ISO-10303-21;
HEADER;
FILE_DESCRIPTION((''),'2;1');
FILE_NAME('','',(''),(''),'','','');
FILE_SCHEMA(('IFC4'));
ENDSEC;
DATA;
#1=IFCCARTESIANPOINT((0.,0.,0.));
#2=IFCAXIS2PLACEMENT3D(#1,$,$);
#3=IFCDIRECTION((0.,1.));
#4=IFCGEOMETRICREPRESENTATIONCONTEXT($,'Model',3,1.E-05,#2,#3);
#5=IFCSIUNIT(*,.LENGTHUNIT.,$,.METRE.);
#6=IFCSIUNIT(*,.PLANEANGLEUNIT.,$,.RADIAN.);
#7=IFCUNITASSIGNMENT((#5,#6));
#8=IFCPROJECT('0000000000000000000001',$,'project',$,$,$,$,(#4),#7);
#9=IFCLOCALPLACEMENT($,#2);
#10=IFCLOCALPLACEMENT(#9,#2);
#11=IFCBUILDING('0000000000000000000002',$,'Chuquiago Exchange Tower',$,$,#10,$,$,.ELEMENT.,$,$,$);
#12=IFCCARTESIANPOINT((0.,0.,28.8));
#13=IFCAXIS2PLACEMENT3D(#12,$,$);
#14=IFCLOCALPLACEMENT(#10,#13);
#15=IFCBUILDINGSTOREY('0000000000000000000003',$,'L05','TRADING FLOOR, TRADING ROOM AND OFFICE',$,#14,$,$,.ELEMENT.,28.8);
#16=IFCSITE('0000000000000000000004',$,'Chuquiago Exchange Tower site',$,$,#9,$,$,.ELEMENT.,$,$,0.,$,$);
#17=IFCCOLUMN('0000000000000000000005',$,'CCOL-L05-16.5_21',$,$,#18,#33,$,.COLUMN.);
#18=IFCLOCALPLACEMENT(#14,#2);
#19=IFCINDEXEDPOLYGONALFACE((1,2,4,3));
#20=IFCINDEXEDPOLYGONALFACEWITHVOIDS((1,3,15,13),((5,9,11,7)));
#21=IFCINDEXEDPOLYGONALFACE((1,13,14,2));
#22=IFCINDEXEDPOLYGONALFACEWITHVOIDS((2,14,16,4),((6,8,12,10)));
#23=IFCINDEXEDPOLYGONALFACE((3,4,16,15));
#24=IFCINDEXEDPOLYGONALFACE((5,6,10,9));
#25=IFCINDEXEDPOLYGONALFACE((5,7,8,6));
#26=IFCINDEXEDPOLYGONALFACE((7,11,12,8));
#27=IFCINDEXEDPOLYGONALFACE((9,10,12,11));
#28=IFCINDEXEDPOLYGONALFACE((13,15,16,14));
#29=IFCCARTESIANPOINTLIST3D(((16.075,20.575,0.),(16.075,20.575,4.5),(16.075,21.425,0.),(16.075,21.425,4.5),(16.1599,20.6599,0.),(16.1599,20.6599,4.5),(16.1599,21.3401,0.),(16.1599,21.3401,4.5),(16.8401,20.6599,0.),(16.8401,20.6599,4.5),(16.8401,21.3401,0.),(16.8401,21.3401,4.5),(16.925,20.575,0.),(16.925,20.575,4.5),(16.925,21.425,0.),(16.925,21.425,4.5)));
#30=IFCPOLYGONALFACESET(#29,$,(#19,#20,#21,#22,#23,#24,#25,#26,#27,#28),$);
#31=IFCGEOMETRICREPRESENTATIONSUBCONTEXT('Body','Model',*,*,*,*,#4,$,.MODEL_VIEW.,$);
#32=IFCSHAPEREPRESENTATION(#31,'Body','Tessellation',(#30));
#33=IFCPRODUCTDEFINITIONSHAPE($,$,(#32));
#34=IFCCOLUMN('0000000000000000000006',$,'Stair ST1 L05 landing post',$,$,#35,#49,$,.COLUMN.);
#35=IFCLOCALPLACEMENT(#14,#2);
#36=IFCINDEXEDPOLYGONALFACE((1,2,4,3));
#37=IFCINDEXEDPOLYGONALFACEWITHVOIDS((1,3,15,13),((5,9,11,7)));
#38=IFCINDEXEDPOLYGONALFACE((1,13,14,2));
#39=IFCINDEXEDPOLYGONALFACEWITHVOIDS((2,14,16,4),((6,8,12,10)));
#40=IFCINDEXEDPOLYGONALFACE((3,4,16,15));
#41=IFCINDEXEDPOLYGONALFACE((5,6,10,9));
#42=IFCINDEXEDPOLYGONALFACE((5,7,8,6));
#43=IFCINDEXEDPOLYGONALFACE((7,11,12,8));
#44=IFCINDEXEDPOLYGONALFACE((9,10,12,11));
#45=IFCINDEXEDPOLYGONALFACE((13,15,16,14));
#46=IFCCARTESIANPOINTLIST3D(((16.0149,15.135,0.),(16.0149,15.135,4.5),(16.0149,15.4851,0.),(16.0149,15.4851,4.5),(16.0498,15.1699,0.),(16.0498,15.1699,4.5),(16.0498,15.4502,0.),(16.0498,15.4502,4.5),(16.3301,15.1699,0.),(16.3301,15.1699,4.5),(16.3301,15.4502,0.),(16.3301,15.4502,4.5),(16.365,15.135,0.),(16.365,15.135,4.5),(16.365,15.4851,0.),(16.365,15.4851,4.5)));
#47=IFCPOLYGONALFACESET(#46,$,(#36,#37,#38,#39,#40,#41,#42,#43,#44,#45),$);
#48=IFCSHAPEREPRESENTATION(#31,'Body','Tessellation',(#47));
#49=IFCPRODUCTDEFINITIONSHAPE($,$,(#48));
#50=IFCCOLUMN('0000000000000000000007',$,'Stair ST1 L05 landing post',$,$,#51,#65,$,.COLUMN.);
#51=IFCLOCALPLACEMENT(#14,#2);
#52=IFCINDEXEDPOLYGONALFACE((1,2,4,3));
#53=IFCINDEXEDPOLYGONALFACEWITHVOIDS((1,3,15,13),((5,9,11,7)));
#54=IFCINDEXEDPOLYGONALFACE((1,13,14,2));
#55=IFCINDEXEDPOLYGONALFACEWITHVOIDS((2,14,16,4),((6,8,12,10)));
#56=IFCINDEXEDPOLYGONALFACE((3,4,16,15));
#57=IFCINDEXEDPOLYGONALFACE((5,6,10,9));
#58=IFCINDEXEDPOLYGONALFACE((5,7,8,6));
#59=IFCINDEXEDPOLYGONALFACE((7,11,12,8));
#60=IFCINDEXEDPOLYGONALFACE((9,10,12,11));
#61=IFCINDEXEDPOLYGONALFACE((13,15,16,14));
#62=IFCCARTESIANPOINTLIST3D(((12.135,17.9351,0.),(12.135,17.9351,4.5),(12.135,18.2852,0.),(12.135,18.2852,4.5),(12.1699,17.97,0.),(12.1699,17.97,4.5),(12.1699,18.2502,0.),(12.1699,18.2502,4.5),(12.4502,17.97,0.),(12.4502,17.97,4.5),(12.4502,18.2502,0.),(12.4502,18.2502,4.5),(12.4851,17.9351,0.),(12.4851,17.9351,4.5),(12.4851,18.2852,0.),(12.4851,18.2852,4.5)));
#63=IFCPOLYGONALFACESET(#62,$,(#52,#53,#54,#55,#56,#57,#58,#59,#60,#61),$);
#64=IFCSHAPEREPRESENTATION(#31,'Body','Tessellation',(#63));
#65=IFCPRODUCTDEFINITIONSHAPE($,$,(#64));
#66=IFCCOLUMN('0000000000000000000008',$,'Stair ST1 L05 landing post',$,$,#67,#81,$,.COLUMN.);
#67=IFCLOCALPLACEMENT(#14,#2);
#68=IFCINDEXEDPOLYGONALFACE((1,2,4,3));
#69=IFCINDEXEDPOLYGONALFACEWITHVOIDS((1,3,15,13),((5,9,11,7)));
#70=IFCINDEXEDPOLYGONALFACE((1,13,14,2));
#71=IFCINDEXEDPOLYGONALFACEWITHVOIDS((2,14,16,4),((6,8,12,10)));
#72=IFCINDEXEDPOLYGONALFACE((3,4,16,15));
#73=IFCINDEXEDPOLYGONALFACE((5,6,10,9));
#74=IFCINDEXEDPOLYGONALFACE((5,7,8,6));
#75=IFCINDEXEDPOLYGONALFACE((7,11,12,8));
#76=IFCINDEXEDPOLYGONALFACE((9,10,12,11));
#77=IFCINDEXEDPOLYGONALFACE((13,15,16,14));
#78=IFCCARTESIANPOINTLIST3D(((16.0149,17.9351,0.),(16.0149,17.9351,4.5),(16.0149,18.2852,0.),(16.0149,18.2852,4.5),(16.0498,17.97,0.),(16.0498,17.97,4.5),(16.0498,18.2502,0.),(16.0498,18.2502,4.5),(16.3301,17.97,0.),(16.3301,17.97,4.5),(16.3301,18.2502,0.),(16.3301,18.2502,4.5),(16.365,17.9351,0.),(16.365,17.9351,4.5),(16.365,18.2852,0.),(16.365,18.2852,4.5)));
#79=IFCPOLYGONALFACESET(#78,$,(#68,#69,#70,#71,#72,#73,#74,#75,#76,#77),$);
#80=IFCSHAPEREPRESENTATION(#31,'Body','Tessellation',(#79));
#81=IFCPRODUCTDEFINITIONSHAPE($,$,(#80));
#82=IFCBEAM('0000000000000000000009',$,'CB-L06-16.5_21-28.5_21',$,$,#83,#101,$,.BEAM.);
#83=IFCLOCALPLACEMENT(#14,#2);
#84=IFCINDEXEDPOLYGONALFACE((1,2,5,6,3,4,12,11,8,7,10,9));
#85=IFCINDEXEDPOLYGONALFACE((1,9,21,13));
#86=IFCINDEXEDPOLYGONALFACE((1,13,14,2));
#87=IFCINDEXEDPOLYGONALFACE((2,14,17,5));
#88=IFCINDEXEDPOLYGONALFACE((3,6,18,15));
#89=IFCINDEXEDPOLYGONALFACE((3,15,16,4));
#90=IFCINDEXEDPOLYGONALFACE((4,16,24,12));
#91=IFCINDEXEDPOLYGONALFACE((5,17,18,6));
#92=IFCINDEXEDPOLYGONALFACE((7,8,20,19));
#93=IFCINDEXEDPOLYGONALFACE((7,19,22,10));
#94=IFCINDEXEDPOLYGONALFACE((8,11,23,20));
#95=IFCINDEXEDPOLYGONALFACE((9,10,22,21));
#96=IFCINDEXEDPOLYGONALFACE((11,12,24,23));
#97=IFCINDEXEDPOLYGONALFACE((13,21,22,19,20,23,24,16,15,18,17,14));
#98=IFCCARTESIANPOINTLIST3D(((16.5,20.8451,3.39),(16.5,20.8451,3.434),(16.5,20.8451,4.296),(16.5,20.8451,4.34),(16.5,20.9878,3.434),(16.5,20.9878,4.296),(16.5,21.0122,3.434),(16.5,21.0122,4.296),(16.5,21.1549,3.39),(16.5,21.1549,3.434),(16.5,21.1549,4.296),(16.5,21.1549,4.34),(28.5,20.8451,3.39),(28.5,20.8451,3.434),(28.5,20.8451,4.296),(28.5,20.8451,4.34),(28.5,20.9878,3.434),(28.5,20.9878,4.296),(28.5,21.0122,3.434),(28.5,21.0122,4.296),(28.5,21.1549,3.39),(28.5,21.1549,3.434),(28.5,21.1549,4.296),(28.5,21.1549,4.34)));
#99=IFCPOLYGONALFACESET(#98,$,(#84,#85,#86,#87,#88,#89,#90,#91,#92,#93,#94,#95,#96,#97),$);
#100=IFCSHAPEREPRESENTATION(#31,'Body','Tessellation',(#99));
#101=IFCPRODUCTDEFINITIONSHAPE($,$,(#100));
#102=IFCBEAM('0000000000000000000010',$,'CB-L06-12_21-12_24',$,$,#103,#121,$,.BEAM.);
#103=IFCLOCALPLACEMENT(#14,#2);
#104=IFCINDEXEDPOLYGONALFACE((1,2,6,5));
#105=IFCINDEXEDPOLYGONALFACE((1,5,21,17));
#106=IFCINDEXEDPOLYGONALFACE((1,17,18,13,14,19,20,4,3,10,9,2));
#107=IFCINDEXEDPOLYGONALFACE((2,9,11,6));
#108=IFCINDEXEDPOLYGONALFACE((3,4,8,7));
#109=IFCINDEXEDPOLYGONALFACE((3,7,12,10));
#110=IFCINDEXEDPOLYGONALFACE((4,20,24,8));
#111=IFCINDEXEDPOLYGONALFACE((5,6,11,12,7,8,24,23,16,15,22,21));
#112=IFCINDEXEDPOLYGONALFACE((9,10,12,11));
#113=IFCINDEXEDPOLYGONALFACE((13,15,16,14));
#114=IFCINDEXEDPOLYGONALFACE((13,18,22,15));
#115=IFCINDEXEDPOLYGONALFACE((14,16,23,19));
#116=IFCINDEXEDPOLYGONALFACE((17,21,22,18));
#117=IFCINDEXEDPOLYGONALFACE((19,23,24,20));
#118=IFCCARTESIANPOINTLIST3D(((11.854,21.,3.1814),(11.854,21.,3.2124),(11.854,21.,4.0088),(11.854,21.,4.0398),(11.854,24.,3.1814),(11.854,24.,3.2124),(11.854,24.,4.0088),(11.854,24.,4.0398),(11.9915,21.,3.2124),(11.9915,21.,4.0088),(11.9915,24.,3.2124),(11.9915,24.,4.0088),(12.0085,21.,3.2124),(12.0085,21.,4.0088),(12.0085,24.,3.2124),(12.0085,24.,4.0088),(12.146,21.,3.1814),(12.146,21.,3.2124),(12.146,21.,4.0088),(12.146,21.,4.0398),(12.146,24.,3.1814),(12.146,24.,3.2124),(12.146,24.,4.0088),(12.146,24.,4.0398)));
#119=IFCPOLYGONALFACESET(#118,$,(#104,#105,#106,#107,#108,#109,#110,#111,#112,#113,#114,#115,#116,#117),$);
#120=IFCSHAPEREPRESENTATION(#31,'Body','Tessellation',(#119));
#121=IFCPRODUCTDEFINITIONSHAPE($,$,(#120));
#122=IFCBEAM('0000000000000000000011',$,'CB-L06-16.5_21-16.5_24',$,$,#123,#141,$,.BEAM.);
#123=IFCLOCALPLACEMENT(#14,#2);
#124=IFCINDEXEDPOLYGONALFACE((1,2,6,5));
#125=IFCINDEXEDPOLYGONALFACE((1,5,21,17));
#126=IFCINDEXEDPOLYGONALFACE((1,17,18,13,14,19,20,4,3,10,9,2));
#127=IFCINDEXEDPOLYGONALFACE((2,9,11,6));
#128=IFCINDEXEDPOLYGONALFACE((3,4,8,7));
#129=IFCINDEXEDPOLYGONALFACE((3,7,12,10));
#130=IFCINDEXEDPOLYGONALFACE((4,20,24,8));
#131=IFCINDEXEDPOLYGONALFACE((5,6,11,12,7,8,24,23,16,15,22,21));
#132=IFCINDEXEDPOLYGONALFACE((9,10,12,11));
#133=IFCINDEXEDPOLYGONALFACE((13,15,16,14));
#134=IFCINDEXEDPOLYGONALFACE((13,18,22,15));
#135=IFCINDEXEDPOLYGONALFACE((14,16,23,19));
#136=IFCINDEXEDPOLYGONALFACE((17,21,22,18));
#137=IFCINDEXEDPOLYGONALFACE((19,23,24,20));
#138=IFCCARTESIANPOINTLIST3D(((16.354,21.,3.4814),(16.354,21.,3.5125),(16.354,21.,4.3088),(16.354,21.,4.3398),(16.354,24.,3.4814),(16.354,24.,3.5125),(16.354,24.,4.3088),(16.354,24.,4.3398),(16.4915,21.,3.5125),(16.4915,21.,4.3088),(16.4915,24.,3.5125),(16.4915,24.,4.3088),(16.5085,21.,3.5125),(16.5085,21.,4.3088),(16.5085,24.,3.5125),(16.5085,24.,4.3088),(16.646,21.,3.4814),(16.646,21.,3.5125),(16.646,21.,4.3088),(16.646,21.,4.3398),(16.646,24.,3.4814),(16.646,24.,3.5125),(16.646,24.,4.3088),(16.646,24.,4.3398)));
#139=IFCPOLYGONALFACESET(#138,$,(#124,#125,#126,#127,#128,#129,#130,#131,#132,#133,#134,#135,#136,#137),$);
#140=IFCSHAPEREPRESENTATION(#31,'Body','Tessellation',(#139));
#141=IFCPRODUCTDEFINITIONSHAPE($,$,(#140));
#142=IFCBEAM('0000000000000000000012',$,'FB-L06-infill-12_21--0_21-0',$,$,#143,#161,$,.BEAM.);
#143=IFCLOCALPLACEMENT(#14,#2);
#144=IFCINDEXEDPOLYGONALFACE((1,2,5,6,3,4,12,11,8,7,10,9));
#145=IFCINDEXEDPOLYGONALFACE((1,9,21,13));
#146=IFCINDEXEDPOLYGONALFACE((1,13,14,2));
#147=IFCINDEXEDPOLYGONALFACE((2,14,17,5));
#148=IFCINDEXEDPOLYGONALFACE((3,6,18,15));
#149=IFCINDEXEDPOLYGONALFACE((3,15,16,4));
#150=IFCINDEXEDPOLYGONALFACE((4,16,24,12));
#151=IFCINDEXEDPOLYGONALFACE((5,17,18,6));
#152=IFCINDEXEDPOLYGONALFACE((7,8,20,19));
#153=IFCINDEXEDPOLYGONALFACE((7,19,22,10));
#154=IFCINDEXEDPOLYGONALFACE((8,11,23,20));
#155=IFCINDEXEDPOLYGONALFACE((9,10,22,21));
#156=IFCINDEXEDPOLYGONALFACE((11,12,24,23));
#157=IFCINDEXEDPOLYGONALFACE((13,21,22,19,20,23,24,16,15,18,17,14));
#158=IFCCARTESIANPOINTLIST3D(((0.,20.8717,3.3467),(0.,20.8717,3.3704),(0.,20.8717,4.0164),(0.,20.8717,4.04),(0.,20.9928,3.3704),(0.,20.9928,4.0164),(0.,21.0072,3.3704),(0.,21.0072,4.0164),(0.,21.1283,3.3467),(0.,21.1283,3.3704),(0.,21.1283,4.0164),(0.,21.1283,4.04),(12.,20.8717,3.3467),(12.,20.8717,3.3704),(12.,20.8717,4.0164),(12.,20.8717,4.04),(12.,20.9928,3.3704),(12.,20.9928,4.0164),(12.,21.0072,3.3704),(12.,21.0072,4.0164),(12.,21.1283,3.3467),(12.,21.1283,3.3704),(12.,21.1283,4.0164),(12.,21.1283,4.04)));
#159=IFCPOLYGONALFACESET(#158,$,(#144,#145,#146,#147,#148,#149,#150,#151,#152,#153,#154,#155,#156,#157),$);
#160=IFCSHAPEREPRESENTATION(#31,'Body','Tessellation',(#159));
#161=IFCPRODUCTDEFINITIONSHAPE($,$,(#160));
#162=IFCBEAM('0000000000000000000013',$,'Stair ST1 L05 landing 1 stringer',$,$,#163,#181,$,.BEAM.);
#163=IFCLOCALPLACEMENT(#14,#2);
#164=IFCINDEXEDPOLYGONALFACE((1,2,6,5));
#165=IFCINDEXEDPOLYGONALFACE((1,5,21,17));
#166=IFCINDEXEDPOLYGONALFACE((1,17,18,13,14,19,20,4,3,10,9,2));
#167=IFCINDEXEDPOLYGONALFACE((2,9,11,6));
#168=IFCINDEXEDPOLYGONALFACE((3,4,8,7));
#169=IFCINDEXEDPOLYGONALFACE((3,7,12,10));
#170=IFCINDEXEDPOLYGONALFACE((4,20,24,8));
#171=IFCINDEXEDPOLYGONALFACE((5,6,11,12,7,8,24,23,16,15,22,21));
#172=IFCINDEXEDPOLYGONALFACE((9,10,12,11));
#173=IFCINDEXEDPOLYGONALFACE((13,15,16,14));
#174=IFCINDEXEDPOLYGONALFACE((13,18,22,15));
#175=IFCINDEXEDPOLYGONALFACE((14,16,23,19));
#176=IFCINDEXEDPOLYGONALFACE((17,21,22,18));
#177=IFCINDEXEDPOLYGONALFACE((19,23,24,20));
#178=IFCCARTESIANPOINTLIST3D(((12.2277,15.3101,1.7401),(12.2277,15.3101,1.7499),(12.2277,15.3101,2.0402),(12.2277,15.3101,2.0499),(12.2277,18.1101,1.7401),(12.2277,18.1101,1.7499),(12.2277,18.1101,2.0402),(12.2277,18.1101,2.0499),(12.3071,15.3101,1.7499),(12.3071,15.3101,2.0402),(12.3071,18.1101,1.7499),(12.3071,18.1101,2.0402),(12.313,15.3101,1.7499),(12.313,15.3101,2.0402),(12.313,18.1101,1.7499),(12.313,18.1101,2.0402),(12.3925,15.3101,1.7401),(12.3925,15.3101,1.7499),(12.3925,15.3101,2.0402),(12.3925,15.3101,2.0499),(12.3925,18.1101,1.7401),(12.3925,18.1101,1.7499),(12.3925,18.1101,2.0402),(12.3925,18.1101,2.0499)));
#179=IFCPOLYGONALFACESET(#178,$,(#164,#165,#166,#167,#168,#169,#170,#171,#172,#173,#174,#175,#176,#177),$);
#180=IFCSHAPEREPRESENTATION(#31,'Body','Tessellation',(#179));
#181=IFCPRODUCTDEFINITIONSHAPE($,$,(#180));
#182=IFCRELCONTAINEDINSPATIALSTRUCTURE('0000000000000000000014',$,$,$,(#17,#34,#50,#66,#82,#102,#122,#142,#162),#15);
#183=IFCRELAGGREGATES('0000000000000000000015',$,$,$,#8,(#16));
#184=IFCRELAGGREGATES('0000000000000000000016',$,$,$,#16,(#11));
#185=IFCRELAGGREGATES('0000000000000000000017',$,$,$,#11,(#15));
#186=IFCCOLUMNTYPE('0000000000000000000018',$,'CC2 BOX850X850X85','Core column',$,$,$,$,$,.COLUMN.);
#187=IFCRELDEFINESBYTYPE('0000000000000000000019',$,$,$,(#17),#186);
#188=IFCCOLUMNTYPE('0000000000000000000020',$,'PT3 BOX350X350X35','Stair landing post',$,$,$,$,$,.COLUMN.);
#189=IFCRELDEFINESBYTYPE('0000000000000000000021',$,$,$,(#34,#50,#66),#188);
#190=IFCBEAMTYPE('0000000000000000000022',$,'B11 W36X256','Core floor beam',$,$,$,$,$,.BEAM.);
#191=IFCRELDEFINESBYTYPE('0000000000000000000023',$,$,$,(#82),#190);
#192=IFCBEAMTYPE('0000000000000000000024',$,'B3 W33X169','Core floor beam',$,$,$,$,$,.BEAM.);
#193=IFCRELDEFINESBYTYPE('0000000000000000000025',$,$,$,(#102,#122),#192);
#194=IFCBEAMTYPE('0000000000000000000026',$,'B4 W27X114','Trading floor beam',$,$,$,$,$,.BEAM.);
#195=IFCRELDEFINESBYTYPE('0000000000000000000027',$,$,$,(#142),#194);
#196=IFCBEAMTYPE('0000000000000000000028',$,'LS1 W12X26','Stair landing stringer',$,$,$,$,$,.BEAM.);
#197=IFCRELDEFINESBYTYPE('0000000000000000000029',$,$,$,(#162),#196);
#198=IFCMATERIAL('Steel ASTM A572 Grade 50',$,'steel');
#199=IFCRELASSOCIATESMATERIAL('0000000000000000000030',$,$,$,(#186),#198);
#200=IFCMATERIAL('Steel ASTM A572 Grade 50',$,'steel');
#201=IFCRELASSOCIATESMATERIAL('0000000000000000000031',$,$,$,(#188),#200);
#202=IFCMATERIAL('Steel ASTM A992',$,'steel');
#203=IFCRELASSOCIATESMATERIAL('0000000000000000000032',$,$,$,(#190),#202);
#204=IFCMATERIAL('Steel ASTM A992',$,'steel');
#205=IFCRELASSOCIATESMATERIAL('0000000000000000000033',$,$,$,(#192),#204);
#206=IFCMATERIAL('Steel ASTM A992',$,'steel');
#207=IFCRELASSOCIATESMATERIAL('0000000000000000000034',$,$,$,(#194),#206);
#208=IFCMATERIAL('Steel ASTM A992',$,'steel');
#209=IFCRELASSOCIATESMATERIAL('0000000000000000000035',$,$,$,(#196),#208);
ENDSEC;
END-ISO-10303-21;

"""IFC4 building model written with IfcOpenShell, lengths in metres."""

from ifc_helpers import new_model, si_unit, direction, frame, origin, origin_2d, place, context, subcontext, project, spatial, hollow_rectangle, i_section, extrude, material, material_profile, profile_set, type_object, element, save


model = new_model("IFC4")

# Units and contexts
model_context = context("Model", 3, precision=1e-05, world=origin(), true_north=direction((0.0, 1.0)))
body_context = subcontext(model_context, "Body", "Model", "MODEL_VIEW")
ifc_project = project(units=[si_unit("LENGTHUNIT", "METRE"), si_unit("PLANEANGLEUNIT", "RADIAN")], contexts=[model_context])

# Site, building, storey
site_placement = place(None, origin())
site = spatial("IfcSite", under=ifc_project, at=site_placement, Name="Chuquiago Exchange Tower site", CompositionType="ELEMENT", RefElevation=0.0)
building_placement = place(site_placement, origin())
building = spatial("IfcBuilding", under=site, at=building_placement, Name="Chuquiago Exchange Tower", CompositionType="ELEMENT")
storey_placement = place(building_placement, frame((0.0, 0.0, 28.8)))
storey = spatial("IfcBuildingStorey", under=building, at=storey_placement, Name="L05", Description="TRADING FLOOR, TRADING ROOM AND OFFICE", CompositionType="ELEMENT", Elevation=28.8)

# Columns
ifc_material_1 = material(Name="Steel ASTM A572 Grade 50", Category="steel")
ifc_material_profile_1 = material_profile(ifc_material_1, hollow_rectangle(XDim=0.8501, YDim=0.8501, WallThickness=0.085, at=origin_2d()), Name="BOX850X850X85")
ifc_profile_set_1 = profile_set([ifc_material_profile_1], Name="Steel ASTM A572 Grade 50")
column_type_1 = type_object("IfcColumnType", Name="CC2 BOX850X850X85", Description="Core column", PredefinedType="COLUMN", material=ifc_profile_set_1)
column_placement = place(storey_placement, frame((16.5, 21.0, 0.0), z_axis=(0.0, 0.0, 1.0), x_axis=(1.0, 0.0, 0.0)))
element("IfcColumn", 1, at=column_placement, inside=storey, type_object=column_type_1, Name="CCOL-L05-16.5_21", PredefinedType="COLUMN", context=body_context, shape_type="SweptSolid", body=[
    extrude(hollow_rectangle(XDim=0.8501, YDim=0.8501, WallThickness=0.085, at=origin_2d()), origin(), (0.0, 0.0, 1.0), 4.5),
])
ifc_material_2 = material(Name="Steel ASTM A572 Grade 50", Category="steel")
ifc_material_profile_2 = material_profile(ifc_material_2, hollow_rectangle(XDim=0.3501, YDim=0.3501, WallThickness=0.0349, at=origin_2d()), Name="BOX350X350X35")
ifc_profile_set_2 = profile_set([ifc_material_profile_2], Name="Steel ASTM A572 Grade 50")
column_type_2 = type_object("IfcColumnType", Name="PT3 BOX350X350X35", Description="Stair landing post", PredefinedType="COLUMN", material=ifc_profile_set_2)
for number, where, z_axis, x_axis, name in (
    (2, (16.1899, 15.3101, 0.0), (0.0, 0.0, 1.0), (1.0, 0.0, 0.0), "Stair ST1 L05 landing post"),
    (3, (12.3101, 18.1101, 0.0), (0.0, 0.0, 1.0), (1.0, 0.0, 0.0), "Stair ST1 L05 landing post"),
    (4, (16.1899, 18.1101, 0.0), (0.0, 0.0, 1.0), (1.0, 0.0, 0.0), "Stair ST1 L05 landing post"),
):
    element("IfcColumn", number, at=place(storey_placement, frame(where, z_axis=z_axis, x_axis=x_axis)), inside=storey, type_object=column_type_2, Name=name, PredefinedType="COLUMN", context=body_context, shape_type="SweptSolid", body=[
        extrude(hollow_rectangle(XDim=0.3501, YDim=0.3501, WallThickness=0.0349, at=origin_2d()), origin(), (0.0, 0.0, 1.0), 4.5),
    ])

# Beams
ifc_material_3 = material(Name="Steel ASTM A992", Category="steel")
ifc_material_profile_3 = material_profile(ifc_material_3, i_section(OverallWidth=0.3098, OverallDepth=0.95, WebThickness=0.0244, FlangeThickness=0.0439, at=origin_2d()), Name="W36X256")
ifc_profile_set_3 = profile_set([ifc_material_profile_3], Name="Steel ASTM A992")
beam_type_1 = type_object("IfcBeamType", Name="B11 W36X256", Description="Core floor beam", PredefinedType="BEAM", material=ifc_profile_set_3)
beam_1_placement = place(storey_placement, frame((16.5, 21.0, 3.865), z_axis=(1.0, 0.0, 0.0), x_axis=(0.0, 1.0, 0.0)))
element("IfcBeam", 5, at=beam_1_placement, inside=storey, type_object=beam_type_1, Name="CB-L06-16.5_21-28.5_21", PredefinedType="BEAM", context=body_context, shape_type="SweptSolid", body=[
    extrude(i_section(OverallWidth=0.3098, OverallDepth=0.95, WebThickness=0.0244, FlangeThickness=0.0439, at=origin_2d()), origin(), (0.0, 0.0, 1.0), 12.0),
])
ifc_material_4 = material(Name="Steel ASTM A992", Category="steel")
ifc_material_profile_4 = material_profile(ifc_material_4, i_section(OverallWidth=0.292, OverallDepth=0.8584, WebThickness=0.0171, FlangeThickness=0.031, at=origin_2d()), Name="W33X169")
ifc_profile_set_4 = profile_set([ifc_material_profile_4], Name="Steel ASTM A992")
beam_type_2 = type_object("IfcBeamType", Name="B3 W33X169", Description="Core floor beam", PredefinedType="BEAM", material=ifc_profile_set_4)
for number, where, z_axis, x_axis, name in (
    (6, (12.0, 21.0, 3.6106), (0.0, 1.0, 0.0), (-1.0, 0.0, 0.0), "CB-L06-12_21-12_24"),
    (7, (16.5, 21.0, 3.9106), (0.0, 1.0, 0.0), (-1.0, 0.0, 0.0), "CB-L06-16.5_21-16.5_24"),
):
    element("IfcBeam", number, at=place(storey_placement, frame(where, z_axis=z_axis, x_axis=x_axis)), inside=storey, type_object=beam_type_2, Name=name, PredefinedType="BEAM", context=body_context, shape_type="SweptSolid", body=[
        extrude(i_section(OverallWidth=0.292, OverallDepth=0.8584, WebThickness=0.0171, FlangeThickness=0.031, at=origin_2d()), origin(), (0.0, 0.0, 1.0), 3.0),
    ])
ifc_material_5 = material(Name="Steel ASTM A992", Category="steel")
ifc_material_profile_5 = material_profile(ifc_material_5, i_section(OverallWidth=0.2566, OverallDepth=0.6934, WebThickness=0.0144, FlangeThickness=0.0237, at=origin_2d()), Name="W27X114")
ifc_profile_set_5 = profile_set([ifc_material_profile_5], Name="Steel ASTM A992")
beam_type_3 = type_object("IfcBeamType", Name="B4 W27X114", Description="Trading floor beam", PredefinedType="BEAM", material=ifc_profile_set_5)
beam_2_placement = place(storey_placement, frame((12.0, 21.0, 3.6934), z_axis=(-1.0, 0.0, 0.0), x_axis=(0.0, -1.0, 0.0)))
element("IfcBeam", 8, at=beam_2_placement, inside=storey, type_object=beam_type_3, Name="FB-L06-infill-12_21--0_21-0", PredefinedType="BEAM", context=body_context, shape_type="SweptSolid", body=[
    extrude(i_section(OverallWidth=0.2566, OverallDepth=0.6934, WebThickness=0.0144, FlangeThickness=0.0237, at=origin_2d()), origin(), (0.0, 0.0, 1.0), 12.0),
])
ifc_material_6 = material(Name="Steel ASTM A992", Category="steel")
ifc_material_profile_6 = material_profile(ifc_material_6, i_section(OverallWidth=0.1648, OverallDepth=0.3098, WebThickness=0.0059, FlangeThickness=0.0098, at=origin_2d()), Name="W12X26")
ifc_profile_set_6 = profile_set([ifc_material_profile_6], Name="Steel ASTM A992")
beam_type_4 = type_object("IfcBeamType", Name="LS1 W12X26", Description="Stair landing stringer", PredefinedType="BEAM", material=ifc_profile_set_6)
for number, where, z_axis, x_axis, name in (
    (9, (12.3101, 15.3101, 1.895), (0.0, 1.0, 0.0), (-1.0, 0.0, 0.0), "Stair ST1 L05 landing 1 stringer"),
):
    element("IfcBeam", number, at=place(storey_placement, frame(where, z_axis=z_axis, x_axis=x_axis)), inside=storey, type_object=beam_type_4, Name=name, PredefinedType="BEAM", context=body_context, shape_type="SweptSolid", body=[
        extrude(i_section(OverallWidth=0.1648, OverallDepth=0.3098, WebThickness=0.0059, FlangeThickness=0.0098, at=origin_2d()), origin(), (0.0, 0.0, 1.0), 2.8),
    ])

save(model, "model.ifc")
